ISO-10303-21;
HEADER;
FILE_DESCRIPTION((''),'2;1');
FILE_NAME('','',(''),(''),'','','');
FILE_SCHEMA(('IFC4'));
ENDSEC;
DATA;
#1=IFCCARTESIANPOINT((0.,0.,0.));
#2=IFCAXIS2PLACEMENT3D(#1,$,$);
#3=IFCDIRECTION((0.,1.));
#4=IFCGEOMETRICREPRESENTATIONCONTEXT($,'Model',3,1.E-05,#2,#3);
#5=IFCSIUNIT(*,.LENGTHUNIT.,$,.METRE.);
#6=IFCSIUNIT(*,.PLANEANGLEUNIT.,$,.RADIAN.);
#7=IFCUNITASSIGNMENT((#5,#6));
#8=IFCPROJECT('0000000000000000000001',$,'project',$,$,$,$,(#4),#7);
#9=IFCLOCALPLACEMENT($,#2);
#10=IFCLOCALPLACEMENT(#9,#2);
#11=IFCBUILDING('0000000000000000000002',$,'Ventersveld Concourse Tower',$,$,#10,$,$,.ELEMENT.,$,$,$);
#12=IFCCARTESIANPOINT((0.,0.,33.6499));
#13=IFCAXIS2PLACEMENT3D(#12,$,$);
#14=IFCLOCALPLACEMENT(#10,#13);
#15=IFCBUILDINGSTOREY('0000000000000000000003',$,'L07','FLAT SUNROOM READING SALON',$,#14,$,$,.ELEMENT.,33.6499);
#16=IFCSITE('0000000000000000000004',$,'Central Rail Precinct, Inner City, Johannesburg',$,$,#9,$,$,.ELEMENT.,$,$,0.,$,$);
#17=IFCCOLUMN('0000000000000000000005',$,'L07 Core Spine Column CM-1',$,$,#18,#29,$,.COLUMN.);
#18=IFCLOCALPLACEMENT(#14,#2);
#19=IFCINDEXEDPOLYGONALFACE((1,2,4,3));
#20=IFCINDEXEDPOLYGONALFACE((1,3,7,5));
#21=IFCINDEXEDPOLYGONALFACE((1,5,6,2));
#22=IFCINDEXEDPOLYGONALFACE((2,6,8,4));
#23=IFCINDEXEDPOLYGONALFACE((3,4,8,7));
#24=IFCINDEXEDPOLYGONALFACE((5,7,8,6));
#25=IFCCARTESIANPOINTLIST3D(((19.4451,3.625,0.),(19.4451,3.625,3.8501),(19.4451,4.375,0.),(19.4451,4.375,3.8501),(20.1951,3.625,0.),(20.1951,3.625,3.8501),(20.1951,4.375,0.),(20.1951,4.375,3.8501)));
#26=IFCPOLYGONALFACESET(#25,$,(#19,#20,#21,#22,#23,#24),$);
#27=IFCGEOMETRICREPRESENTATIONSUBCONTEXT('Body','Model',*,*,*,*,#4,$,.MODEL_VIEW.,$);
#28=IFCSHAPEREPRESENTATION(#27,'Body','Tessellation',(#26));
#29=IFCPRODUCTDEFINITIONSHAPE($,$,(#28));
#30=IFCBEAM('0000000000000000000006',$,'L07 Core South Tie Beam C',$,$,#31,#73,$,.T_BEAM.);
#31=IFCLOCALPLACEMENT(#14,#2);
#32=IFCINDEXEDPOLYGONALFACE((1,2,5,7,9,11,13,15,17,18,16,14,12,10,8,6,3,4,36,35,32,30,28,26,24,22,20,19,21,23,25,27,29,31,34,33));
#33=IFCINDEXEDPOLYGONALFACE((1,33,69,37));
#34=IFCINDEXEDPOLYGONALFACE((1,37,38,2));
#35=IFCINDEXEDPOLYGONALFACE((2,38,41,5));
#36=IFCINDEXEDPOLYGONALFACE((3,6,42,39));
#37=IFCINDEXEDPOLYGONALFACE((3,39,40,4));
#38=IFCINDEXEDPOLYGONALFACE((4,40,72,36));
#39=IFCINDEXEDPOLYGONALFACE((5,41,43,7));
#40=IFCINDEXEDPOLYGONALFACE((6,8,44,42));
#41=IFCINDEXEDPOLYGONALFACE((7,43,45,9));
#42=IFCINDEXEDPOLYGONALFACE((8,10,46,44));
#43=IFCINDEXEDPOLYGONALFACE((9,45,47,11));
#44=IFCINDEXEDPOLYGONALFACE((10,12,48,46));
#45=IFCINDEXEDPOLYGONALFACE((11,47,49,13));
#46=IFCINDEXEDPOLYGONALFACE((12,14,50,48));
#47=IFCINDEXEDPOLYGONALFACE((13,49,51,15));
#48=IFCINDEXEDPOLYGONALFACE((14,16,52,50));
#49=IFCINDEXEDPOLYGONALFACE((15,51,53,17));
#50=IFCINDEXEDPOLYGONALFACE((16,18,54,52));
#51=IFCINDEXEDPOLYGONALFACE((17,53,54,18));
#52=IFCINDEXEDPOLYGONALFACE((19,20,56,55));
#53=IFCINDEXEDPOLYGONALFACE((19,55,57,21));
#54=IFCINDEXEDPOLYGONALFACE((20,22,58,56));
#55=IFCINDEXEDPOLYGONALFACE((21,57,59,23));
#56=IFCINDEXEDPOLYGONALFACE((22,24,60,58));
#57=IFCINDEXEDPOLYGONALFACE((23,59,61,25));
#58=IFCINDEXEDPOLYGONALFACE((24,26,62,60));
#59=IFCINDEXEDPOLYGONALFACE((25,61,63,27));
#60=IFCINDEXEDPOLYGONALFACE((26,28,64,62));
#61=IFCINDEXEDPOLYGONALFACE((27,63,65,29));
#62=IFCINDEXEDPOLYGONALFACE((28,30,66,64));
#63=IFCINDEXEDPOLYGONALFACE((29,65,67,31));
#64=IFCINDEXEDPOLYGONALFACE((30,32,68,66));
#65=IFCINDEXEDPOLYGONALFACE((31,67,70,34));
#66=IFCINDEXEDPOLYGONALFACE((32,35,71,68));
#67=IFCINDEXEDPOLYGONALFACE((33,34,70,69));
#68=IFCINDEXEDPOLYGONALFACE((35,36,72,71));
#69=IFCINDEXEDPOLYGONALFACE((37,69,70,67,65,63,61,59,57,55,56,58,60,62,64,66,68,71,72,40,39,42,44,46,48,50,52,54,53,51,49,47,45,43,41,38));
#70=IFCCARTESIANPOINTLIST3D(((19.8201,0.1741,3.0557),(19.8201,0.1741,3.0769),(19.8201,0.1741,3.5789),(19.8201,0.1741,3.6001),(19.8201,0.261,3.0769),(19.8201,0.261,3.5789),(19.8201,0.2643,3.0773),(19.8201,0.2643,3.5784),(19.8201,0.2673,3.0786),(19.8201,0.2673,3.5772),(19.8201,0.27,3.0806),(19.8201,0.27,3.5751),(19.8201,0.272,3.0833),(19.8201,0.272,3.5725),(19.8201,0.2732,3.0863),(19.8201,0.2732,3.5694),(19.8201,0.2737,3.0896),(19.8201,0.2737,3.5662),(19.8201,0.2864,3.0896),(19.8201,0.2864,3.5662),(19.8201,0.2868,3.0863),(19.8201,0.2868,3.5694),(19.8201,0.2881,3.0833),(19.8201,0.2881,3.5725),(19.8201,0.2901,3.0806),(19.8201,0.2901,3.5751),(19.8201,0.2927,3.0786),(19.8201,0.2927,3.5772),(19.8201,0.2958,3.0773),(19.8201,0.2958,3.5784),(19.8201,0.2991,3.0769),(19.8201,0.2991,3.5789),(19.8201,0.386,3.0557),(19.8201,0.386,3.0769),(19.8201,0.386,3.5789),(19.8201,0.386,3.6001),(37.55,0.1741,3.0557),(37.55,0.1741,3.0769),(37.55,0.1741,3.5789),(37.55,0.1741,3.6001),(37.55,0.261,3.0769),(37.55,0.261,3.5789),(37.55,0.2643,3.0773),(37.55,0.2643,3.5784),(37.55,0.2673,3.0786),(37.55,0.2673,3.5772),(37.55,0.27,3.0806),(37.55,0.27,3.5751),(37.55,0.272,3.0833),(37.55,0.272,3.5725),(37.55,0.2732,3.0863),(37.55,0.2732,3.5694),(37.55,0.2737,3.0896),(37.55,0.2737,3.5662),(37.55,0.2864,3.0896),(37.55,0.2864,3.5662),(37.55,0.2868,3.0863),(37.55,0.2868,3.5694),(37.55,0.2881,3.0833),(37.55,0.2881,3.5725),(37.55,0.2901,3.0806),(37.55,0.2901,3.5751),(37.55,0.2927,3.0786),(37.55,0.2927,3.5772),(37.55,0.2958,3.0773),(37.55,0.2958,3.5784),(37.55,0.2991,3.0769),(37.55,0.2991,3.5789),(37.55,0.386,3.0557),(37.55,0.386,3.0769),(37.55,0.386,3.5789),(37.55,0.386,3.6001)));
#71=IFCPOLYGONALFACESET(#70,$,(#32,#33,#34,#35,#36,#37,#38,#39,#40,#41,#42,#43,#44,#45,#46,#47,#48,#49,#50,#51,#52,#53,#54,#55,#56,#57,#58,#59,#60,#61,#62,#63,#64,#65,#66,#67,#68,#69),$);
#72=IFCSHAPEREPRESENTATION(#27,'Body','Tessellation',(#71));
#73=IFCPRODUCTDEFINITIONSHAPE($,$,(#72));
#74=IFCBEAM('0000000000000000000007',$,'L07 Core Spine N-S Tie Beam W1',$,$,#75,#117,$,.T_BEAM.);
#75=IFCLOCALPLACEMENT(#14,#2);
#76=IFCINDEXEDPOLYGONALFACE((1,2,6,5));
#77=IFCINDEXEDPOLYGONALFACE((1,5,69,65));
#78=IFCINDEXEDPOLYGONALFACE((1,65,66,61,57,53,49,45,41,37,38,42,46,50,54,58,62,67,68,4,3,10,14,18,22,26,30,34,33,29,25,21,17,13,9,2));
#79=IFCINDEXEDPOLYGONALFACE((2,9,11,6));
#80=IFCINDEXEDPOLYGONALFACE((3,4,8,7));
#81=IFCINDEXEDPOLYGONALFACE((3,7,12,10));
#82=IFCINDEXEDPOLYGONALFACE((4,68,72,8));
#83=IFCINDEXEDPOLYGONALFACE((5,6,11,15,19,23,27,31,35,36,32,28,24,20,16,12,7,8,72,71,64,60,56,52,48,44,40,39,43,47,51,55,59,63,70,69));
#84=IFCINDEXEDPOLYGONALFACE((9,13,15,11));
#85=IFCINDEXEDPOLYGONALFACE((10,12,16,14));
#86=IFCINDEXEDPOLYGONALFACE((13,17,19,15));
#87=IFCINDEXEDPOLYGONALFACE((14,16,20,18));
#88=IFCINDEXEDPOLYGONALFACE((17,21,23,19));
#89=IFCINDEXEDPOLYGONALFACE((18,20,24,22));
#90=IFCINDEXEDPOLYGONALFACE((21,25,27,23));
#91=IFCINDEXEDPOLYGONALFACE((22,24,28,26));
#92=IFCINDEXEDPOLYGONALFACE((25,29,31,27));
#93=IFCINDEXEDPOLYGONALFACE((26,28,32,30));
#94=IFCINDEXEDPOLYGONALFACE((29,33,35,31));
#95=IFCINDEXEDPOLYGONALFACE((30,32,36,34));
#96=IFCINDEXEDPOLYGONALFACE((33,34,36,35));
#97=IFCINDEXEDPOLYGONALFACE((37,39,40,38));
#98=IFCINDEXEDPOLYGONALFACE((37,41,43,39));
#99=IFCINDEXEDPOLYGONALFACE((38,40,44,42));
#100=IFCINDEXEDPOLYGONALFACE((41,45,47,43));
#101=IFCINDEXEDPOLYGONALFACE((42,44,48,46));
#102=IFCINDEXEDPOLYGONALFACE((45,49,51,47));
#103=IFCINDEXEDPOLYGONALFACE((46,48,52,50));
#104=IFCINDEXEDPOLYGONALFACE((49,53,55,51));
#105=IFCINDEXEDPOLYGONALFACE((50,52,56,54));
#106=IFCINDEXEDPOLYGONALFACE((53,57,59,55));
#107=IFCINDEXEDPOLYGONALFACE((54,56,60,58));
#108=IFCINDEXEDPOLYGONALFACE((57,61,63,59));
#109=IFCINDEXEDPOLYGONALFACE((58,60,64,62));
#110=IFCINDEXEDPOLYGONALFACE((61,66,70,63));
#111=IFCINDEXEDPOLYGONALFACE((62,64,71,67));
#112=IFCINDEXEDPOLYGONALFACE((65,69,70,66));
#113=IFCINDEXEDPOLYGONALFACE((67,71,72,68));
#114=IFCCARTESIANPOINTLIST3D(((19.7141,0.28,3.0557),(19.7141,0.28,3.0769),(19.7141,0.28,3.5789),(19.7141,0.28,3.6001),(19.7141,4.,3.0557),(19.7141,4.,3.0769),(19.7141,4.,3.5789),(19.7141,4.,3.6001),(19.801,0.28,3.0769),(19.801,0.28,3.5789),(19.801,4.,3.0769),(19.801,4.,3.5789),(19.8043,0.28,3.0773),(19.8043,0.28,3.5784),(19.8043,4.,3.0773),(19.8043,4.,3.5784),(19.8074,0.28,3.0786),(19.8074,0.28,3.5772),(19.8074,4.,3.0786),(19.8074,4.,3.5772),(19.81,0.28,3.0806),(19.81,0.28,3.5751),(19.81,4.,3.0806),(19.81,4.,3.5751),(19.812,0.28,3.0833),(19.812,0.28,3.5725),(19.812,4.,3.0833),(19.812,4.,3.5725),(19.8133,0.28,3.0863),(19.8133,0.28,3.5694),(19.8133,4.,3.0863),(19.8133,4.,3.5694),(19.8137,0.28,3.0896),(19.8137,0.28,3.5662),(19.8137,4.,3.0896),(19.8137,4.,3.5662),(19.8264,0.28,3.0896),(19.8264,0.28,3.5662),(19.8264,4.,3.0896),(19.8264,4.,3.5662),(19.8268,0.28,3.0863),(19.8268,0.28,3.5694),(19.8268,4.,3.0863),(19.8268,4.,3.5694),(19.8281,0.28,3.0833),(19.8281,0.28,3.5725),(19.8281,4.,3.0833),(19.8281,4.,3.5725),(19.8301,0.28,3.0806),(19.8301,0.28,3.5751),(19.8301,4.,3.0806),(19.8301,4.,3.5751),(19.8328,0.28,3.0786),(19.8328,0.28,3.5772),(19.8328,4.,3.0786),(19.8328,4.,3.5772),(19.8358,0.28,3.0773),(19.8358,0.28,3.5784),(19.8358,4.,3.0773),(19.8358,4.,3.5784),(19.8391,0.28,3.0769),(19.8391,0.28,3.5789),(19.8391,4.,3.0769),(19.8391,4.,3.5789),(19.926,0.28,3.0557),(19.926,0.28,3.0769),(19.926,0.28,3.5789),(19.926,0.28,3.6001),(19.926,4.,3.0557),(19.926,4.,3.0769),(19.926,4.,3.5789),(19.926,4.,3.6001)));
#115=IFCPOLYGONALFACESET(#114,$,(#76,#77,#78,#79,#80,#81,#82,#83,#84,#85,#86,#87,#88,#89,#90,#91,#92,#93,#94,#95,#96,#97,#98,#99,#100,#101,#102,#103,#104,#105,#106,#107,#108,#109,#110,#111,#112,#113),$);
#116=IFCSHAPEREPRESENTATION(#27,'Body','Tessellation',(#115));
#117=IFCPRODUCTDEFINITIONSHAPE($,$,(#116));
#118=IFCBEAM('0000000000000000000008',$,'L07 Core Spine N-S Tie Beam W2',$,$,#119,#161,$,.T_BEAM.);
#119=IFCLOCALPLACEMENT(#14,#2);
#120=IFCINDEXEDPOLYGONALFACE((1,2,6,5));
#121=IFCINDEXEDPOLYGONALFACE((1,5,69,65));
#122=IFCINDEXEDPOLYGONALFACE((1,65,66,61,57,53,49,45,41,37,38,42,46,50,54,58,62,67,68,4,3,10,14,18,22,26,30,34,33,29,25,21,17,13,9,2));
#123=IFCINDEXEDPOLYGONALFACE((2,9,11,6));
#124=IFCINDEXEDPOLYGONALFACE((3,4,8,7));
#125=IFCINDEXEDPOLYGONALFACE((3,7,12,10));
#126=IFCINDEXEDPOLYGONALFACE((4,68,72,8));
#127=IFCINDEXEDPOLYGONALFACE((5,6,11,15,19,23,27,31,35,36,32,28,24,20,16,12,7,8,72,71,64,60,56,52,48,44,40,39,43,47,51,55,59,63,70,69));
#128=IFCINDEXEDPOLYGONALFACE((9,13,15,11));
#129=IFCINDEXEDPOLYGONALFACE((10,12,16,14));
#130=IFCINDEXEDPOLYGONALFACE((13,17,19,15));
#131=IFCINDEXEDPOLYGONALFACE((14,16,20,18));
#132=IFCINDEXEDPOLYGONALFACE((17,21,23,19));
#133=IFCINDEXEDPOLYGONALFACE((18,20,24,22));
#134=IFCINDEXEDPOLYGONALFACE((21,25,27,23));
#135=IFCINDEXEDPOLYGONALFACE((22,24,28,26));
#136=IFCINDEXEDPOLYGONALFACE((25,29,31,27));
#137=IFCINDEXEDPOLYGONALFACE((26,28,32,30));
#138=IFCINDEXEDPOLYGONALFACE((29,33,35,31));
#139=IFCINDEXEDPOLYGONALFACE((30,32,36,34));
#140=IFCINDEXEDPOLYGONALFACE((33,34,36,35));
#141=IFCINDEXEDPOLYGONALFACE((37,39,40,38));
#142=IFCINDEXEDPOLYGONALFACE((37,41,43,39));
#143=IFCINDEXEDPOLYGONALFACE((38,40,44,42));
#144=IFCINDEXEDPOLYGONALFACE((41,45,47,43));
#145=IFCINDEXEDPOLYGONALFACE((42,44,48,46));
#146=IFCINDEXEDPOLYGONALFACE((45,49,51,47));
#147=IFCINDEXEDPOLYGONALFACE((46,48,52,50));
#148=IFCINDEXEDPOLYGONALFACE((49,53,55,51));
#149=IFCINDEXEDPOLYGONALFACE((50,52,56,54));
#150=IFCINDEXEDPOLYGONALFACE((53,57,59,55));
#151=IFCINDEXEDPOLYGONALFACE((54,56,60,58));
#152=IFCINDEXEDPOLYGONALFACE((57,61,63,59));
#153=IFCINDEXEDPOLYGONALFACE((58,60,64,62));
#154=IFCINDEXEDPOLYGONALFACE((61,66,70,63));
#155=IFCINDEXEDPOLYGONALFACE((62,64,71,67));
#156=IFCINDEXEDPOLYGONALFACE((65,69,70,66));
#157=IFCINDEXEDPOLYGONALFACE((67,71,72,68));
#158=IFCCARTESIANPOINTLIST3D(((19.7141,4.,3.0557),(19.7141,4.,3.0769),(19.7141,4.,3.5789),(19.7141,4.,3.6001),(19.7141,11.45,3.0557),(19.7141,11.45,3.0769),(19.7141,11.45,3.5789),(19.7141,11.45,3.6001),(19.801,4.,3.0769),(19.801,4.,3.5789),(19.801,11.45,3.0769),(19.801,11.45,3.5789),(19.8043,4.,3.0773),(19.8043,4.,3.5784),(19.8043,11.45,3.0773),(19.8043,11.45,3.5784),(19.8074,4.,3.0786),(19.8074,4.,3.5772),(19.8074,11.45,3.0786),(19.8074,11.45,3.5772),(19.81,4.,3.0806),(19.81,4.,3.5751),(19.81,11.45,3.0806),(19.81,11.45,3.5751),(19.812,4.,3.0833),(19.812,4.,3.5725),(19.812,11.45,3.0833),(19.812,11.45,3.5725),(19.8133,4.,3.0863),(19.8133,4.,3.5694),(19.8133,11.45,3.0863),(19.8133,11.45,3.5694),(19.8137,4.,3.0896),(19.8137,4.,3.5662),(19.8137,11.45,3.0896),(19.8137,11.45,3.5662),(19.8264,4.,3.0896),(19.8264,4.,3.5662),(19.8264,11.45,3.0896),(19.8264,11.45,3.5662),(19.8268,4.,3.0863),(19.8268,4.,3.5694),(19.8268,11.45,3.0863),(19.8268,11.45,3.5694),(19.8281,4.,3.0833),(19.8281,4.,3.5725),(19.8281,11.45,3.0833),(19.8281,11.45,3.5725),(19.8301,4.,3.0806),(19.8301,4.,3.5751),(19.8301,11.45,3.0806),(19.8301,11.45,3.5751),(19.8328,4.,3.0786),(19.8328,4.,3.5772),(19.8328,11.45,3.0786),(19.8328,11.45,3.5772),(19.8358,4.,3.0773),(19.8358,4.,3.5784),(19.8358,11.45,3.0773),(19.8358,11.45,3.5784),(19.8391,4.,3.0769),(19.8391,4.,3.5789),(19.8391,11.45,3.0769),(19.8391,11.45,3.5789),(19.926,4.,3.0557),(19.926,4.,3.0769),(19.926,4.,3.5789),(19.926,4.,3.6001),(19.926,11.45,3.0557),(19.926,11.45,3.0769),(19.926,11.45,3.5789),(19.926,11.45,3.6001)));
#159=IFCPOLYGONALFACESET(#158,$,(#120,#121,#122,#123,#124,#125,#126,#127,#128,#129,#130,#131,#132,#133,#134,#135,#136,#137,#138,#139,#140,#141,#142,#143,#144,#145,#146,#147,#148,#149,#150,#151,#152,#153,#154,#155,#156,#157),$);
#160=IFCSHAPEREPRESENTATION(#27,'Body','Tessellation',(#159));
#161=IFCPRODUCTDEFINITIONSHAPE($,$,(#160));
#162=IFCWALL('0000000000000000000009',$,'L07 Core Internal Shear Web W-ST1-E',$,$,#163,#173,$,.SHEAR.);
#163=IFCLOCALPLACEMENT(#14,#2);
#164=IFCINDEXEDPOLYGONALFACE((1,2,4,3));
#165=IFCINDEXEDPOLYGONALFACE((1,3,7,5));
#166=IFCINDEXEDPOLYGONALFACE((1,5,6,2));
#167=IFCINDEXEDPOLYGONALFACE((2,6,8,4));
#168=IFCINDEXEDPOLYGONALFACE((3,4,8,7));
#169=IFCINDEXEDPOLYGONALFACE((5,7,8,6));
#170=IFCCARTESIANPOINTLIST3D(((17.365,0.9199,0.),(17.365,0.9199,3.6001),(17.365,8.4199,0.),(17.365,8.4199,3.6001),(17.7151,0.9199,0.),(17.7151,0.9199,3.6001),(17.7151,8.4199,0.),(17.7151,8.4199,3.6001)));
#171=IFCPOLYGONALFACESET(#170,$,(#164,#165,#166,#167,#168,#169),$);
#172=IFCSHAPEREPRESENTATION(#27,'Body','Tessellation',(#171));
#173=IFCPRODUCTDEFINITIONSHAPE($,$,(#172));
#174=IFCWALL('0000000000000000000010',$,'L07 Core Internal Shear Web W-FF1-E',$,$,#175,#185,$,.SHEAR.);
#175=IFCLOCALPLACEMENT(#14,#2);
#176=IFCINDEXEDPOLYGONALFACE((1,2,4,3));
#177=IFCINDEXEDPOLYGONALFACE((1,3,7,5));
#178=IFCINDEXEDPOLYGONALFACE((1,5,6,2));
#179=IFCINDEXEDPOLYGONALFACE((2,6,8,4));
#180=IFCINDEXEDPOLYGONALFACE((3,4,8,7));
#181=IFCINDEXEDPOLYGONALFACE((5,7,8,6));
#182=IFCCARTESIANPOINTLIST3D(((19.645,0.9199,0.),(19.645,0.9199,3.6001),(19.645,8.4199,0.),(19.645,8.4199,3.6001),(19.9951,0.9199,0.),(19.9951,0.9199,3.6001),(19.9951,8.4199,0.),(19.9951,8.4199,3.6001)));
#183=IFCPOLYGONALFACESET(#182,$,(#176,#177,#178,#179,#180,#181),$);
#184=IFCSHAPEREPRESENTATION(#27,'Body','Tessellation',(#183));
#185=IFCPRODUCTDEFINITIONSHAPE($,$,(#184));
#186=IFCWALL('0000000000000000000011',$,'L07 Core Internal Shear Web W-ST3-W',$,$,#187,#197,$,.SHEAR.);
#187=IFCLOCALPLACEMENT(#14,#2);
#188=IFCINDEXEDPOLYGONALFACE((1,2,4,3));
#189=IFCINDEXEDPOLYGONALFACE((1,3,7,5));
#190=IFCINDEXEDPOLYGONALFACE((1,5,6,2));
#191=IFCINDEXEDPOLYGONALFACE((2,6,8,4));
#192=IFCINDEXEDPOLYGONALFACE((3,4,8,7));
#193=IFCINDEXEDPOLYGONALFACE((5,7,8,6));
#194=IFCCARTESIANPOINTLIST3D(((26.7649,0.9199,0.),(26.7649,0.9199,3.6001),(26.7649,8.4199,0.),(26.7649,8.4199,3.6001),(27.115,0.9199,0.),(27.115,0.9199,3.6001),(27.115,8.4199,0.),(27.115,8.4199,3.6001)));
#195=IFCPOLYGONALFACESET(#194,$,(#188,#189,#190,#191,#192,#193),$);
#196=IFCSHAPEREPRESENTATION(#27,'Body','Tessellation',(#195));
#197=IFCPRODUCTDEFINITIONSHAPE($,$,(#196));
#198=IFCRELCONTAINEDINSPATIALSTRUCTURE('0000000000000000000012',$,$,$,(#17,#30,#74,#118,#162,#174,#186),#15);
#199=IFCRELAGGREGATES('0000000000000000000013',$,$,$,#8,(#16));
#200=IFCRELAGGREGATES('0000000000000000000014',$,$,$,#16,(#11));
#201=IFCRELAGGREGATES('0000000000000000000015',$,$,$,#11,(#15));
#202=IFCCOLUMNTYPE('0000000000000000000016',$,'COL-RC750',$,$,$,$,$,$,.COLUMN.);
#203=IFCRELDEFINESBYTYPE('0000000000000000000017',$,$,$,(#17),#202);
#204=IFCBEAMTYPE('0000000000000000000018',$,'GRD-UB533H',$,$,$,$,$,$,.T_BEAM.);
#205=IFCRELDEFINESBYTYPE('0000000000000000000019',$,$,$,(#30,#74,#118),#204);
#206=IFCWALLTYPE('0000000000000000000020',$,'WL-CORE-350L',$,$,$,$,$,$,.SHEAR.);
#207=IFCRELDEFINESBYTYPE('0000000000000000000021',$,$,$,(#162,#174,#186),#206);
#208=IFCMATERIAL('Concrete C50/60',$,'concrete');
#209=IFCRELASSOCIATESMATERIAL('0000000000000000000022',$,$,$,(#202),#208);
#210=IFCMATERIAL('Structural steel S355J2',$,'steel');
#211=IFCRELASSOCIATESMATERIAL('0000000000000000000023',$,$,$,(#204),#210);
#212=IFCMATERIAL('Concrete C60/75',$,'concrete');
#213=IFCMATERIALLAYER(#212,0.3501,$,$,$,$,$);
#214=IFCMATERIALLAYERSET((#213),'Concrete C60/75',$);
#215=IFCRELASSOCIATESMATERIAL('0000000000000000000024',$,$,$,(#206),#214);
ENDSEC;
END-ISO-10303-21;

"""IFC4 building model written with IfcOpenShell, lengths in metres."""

from ifc_helpers import new_model, si_unit, direction, frame, frame_2d, origin, origin_2d, place, context, subcontext, project, spatial, rectangle, i_section, extrude, material, layer, layer_set, material_profile, profile_set, type_object, element, save


model = new_model("IFC4")

# Units and contexts
model_context = context("Model", 3, precision=1e-05, world=origin(), true_north=direction((0.0, 1.0)))
body_context = subcontext(model_context, "Body", "Model", "MODEL_VIEW")
ifc_project = project(units=[si_unit("LENGTHUNIT", "METRE"), si_unit("PLANEANGLEUNIT", "RADIAN")], contexts=[model_context])

# Site, building, storey
site_placement = place(None, origin())
site = spatial("IfcSite", under=ifc_project, at=site_placement, Name="Central Rail Precinct, Inner City, Johannesburg", CompositionType="ELEMENT", RefElevation=0.0)
building_placement = place(site_placement, origin())
building = spatial("IfcBuilding", under=site, at=building_placement, Name="Ventersveld Concourse Tower", CompositionType="ELEMENT")
storey_placement = place(building_placement, frame((0.0, 0.0, 33.6499)))
storey = spatial("IfcBuildingStorey", under=building, at=storey_placement, Name="L07", Description="FLAT SUNROOM READING SALON", CompositionType="ELEMENT", Elevation=33.6499)

# Column
ifc_material_1 = material(Name="Concrete C50/60", Category="concrete")
ifc_material_profile_1 = material_profile(ifc_material_1, rectangle(XDim=0.75, YDim=0.75, at=origin_2d()), Name="RC 750x750")
ifc_profile_set_1 = profile_set([ifc_material_profile_1], Name="Concrete C50/60")
column_type = type_object("IfcColumnType", Name="COL-RC750", PredefinedType="COLUMN", material=ifc_profile_set_1)
column_placement = place(storey_placement, frame((19.8201, 4.0, 0.0), z_axis=(0.0, 0.0, 1.0), x_axis=(1.0, 0.0, 0.0)))
element("IfcColumn", 1, at=column_placement, inside=storey, type_object=column_type, Name="L07 Core Spine Column CM-1", PredefinedType="COLUMN", context=body_context, shape_type="SweptSolid", body=[
    extrude(rectangle(XDim=0.75, YDim=0.75, at=origin_2d()), origin(), (0.0, 0.0, 1.0), 3.8501),
])

# Beams
ifc_material_2 = material(Name="Structural steel S355J2", Category="steel")
ifc_material_profile_2 = material_profile(ifc_material_2, i_section(OverallWidth=0.2119, OverallDepth=0.5444, WebThickness=0.0127, FlangeThickness=0.0212, FilletRadius=0.0127, at=origin_2d()), Name="UB 533x210x122")
ifc_profile_set_2 = profile_set([ifc_material_profile_2], Name="Structural steel S355J2")
beam_type = type_object("IfcBeamType", Name="GRD-UB533H", PredefinedType="T_BEAM", material=ifc_profile_set_2)
beam_1_placement = place(storey_placement, frame((19.8201, 0.28, 3.3279), z_axis=(1.0, 0.0, 0.0), x_axis=(0.0, 1.0, 0.0)))
element("IfcBeam", 2, at=beam_1_placement, inside=storey, type_object=beam_type, Name="L07 Core South Tie Beam C", PredefinedType="T_BEAM", context=body_context, shape_type="SweptSolid", body=[
    extrude(i_section(OverallWidth=0.2119, OverallDepth=0.5444, WebThickness=0.0127, FlangeThickness=0.0212, FilletRadius=0.0127, at=origin_2d()), origin(), (0.0, 0.0, 1.0), 17.73),
])
beam_2_placement = place(storey_placement, frame((19.8201, 0.28, 3.3279), z_axis=(0.0, 1.0, 0.0), x_axis=(-1.0, 0.0, 0.0)))
element("IfcBeam", 3, at=beam_2_placement, inside=storey, type_object=beam_type, Name="L07 Core Spine N-S Tie Beam W1", PredefinedType="T_BEAM", context=body_context, shape_type="SweptSolid", body=[
    extrude(i_section(OverallWidth=0.2119, OverallDepth=0.5444, WebThickness=0.0127, FlangeThickness=0.0212, FilletRadius=0.0127, at=origin_2d()), origin(), (0.0, 0.0, 1.0), 3.72),
])
beam_3_placement = place(storey_placement, frame((19.8201, 4.0, 3.3279), z_axis=(0.0, 1.0, 0.0), x_axis=(-1.0, 0.0, 0.0)))
element("IfcBeam", 4, at=beam_3_placement, inside=storey, type_object=beam_type, Name="L07 Core Spine N-S Tie Beam W2", PredefinedType="T_BEAM", context=body_context, shape_type="SweptSolid", body=[
    extrude(i_section(OverallWidth=0.2119, OverallDepth=0.5444, WebThickness=0.0127, FlangeThickness=0.0212, FilletRadius=0.0127, at=origin_2d()), origin(), (0.0, 0.0, 1.0), 7.45),
])

# Walls
ifc_material_3 = material(Name="Concrete C60/75", Category="concrete")
ifc_layer_1 = layer(ifc_material_3, 0.3501)
ifc_layer_set_1 = layer_set([ifc_layer_1], Name="Concrete C60/75")
wall_type_1 = type_object("IfcWallType", Name="WL-CORE-350L", PredefinedType="SHEAR", material=ifc_layer_set_1)
for number, where, z_axis, x_axis, name in (
    (5, (17.54, 0.9199, 0.0), (0.0, 0.0, 1.0), (0.0, 1.0, 0.0), "L07 Core Internal Shear Web W-ST1-E"),
    (6, (19.8201, 0.9199, 0.0), (0.0, 0.0, 1.0), (0.0, 1.0, 0.0), "L07 Core Internal Shear Web W-FF1-E"),
    (7, (26.9399, 0.9199, 0.0), (0.0, 0.0, 1.0), (0.0, 1.0, 0.0), "L07 Core Internal Shear Web W-ST3-W"),
):
    element("IfcWall", number, at=place(storey_placement, frame(where, z_axis=z_axis, x_axis=x_axis)), inside=storey, type_object=wall_type_1, Name=name, PredefinedType="SHEAR", context=body_context, shape_type="SweptSolid", body=[
        extrude(rectangle(XDim=7.5, YDim=0.3501, at=frame_2d((3.75, 0.0))), origin(), (0.0, 0.0, 1.0), 3.6001),
    ])

save(model, "model.ifc")
